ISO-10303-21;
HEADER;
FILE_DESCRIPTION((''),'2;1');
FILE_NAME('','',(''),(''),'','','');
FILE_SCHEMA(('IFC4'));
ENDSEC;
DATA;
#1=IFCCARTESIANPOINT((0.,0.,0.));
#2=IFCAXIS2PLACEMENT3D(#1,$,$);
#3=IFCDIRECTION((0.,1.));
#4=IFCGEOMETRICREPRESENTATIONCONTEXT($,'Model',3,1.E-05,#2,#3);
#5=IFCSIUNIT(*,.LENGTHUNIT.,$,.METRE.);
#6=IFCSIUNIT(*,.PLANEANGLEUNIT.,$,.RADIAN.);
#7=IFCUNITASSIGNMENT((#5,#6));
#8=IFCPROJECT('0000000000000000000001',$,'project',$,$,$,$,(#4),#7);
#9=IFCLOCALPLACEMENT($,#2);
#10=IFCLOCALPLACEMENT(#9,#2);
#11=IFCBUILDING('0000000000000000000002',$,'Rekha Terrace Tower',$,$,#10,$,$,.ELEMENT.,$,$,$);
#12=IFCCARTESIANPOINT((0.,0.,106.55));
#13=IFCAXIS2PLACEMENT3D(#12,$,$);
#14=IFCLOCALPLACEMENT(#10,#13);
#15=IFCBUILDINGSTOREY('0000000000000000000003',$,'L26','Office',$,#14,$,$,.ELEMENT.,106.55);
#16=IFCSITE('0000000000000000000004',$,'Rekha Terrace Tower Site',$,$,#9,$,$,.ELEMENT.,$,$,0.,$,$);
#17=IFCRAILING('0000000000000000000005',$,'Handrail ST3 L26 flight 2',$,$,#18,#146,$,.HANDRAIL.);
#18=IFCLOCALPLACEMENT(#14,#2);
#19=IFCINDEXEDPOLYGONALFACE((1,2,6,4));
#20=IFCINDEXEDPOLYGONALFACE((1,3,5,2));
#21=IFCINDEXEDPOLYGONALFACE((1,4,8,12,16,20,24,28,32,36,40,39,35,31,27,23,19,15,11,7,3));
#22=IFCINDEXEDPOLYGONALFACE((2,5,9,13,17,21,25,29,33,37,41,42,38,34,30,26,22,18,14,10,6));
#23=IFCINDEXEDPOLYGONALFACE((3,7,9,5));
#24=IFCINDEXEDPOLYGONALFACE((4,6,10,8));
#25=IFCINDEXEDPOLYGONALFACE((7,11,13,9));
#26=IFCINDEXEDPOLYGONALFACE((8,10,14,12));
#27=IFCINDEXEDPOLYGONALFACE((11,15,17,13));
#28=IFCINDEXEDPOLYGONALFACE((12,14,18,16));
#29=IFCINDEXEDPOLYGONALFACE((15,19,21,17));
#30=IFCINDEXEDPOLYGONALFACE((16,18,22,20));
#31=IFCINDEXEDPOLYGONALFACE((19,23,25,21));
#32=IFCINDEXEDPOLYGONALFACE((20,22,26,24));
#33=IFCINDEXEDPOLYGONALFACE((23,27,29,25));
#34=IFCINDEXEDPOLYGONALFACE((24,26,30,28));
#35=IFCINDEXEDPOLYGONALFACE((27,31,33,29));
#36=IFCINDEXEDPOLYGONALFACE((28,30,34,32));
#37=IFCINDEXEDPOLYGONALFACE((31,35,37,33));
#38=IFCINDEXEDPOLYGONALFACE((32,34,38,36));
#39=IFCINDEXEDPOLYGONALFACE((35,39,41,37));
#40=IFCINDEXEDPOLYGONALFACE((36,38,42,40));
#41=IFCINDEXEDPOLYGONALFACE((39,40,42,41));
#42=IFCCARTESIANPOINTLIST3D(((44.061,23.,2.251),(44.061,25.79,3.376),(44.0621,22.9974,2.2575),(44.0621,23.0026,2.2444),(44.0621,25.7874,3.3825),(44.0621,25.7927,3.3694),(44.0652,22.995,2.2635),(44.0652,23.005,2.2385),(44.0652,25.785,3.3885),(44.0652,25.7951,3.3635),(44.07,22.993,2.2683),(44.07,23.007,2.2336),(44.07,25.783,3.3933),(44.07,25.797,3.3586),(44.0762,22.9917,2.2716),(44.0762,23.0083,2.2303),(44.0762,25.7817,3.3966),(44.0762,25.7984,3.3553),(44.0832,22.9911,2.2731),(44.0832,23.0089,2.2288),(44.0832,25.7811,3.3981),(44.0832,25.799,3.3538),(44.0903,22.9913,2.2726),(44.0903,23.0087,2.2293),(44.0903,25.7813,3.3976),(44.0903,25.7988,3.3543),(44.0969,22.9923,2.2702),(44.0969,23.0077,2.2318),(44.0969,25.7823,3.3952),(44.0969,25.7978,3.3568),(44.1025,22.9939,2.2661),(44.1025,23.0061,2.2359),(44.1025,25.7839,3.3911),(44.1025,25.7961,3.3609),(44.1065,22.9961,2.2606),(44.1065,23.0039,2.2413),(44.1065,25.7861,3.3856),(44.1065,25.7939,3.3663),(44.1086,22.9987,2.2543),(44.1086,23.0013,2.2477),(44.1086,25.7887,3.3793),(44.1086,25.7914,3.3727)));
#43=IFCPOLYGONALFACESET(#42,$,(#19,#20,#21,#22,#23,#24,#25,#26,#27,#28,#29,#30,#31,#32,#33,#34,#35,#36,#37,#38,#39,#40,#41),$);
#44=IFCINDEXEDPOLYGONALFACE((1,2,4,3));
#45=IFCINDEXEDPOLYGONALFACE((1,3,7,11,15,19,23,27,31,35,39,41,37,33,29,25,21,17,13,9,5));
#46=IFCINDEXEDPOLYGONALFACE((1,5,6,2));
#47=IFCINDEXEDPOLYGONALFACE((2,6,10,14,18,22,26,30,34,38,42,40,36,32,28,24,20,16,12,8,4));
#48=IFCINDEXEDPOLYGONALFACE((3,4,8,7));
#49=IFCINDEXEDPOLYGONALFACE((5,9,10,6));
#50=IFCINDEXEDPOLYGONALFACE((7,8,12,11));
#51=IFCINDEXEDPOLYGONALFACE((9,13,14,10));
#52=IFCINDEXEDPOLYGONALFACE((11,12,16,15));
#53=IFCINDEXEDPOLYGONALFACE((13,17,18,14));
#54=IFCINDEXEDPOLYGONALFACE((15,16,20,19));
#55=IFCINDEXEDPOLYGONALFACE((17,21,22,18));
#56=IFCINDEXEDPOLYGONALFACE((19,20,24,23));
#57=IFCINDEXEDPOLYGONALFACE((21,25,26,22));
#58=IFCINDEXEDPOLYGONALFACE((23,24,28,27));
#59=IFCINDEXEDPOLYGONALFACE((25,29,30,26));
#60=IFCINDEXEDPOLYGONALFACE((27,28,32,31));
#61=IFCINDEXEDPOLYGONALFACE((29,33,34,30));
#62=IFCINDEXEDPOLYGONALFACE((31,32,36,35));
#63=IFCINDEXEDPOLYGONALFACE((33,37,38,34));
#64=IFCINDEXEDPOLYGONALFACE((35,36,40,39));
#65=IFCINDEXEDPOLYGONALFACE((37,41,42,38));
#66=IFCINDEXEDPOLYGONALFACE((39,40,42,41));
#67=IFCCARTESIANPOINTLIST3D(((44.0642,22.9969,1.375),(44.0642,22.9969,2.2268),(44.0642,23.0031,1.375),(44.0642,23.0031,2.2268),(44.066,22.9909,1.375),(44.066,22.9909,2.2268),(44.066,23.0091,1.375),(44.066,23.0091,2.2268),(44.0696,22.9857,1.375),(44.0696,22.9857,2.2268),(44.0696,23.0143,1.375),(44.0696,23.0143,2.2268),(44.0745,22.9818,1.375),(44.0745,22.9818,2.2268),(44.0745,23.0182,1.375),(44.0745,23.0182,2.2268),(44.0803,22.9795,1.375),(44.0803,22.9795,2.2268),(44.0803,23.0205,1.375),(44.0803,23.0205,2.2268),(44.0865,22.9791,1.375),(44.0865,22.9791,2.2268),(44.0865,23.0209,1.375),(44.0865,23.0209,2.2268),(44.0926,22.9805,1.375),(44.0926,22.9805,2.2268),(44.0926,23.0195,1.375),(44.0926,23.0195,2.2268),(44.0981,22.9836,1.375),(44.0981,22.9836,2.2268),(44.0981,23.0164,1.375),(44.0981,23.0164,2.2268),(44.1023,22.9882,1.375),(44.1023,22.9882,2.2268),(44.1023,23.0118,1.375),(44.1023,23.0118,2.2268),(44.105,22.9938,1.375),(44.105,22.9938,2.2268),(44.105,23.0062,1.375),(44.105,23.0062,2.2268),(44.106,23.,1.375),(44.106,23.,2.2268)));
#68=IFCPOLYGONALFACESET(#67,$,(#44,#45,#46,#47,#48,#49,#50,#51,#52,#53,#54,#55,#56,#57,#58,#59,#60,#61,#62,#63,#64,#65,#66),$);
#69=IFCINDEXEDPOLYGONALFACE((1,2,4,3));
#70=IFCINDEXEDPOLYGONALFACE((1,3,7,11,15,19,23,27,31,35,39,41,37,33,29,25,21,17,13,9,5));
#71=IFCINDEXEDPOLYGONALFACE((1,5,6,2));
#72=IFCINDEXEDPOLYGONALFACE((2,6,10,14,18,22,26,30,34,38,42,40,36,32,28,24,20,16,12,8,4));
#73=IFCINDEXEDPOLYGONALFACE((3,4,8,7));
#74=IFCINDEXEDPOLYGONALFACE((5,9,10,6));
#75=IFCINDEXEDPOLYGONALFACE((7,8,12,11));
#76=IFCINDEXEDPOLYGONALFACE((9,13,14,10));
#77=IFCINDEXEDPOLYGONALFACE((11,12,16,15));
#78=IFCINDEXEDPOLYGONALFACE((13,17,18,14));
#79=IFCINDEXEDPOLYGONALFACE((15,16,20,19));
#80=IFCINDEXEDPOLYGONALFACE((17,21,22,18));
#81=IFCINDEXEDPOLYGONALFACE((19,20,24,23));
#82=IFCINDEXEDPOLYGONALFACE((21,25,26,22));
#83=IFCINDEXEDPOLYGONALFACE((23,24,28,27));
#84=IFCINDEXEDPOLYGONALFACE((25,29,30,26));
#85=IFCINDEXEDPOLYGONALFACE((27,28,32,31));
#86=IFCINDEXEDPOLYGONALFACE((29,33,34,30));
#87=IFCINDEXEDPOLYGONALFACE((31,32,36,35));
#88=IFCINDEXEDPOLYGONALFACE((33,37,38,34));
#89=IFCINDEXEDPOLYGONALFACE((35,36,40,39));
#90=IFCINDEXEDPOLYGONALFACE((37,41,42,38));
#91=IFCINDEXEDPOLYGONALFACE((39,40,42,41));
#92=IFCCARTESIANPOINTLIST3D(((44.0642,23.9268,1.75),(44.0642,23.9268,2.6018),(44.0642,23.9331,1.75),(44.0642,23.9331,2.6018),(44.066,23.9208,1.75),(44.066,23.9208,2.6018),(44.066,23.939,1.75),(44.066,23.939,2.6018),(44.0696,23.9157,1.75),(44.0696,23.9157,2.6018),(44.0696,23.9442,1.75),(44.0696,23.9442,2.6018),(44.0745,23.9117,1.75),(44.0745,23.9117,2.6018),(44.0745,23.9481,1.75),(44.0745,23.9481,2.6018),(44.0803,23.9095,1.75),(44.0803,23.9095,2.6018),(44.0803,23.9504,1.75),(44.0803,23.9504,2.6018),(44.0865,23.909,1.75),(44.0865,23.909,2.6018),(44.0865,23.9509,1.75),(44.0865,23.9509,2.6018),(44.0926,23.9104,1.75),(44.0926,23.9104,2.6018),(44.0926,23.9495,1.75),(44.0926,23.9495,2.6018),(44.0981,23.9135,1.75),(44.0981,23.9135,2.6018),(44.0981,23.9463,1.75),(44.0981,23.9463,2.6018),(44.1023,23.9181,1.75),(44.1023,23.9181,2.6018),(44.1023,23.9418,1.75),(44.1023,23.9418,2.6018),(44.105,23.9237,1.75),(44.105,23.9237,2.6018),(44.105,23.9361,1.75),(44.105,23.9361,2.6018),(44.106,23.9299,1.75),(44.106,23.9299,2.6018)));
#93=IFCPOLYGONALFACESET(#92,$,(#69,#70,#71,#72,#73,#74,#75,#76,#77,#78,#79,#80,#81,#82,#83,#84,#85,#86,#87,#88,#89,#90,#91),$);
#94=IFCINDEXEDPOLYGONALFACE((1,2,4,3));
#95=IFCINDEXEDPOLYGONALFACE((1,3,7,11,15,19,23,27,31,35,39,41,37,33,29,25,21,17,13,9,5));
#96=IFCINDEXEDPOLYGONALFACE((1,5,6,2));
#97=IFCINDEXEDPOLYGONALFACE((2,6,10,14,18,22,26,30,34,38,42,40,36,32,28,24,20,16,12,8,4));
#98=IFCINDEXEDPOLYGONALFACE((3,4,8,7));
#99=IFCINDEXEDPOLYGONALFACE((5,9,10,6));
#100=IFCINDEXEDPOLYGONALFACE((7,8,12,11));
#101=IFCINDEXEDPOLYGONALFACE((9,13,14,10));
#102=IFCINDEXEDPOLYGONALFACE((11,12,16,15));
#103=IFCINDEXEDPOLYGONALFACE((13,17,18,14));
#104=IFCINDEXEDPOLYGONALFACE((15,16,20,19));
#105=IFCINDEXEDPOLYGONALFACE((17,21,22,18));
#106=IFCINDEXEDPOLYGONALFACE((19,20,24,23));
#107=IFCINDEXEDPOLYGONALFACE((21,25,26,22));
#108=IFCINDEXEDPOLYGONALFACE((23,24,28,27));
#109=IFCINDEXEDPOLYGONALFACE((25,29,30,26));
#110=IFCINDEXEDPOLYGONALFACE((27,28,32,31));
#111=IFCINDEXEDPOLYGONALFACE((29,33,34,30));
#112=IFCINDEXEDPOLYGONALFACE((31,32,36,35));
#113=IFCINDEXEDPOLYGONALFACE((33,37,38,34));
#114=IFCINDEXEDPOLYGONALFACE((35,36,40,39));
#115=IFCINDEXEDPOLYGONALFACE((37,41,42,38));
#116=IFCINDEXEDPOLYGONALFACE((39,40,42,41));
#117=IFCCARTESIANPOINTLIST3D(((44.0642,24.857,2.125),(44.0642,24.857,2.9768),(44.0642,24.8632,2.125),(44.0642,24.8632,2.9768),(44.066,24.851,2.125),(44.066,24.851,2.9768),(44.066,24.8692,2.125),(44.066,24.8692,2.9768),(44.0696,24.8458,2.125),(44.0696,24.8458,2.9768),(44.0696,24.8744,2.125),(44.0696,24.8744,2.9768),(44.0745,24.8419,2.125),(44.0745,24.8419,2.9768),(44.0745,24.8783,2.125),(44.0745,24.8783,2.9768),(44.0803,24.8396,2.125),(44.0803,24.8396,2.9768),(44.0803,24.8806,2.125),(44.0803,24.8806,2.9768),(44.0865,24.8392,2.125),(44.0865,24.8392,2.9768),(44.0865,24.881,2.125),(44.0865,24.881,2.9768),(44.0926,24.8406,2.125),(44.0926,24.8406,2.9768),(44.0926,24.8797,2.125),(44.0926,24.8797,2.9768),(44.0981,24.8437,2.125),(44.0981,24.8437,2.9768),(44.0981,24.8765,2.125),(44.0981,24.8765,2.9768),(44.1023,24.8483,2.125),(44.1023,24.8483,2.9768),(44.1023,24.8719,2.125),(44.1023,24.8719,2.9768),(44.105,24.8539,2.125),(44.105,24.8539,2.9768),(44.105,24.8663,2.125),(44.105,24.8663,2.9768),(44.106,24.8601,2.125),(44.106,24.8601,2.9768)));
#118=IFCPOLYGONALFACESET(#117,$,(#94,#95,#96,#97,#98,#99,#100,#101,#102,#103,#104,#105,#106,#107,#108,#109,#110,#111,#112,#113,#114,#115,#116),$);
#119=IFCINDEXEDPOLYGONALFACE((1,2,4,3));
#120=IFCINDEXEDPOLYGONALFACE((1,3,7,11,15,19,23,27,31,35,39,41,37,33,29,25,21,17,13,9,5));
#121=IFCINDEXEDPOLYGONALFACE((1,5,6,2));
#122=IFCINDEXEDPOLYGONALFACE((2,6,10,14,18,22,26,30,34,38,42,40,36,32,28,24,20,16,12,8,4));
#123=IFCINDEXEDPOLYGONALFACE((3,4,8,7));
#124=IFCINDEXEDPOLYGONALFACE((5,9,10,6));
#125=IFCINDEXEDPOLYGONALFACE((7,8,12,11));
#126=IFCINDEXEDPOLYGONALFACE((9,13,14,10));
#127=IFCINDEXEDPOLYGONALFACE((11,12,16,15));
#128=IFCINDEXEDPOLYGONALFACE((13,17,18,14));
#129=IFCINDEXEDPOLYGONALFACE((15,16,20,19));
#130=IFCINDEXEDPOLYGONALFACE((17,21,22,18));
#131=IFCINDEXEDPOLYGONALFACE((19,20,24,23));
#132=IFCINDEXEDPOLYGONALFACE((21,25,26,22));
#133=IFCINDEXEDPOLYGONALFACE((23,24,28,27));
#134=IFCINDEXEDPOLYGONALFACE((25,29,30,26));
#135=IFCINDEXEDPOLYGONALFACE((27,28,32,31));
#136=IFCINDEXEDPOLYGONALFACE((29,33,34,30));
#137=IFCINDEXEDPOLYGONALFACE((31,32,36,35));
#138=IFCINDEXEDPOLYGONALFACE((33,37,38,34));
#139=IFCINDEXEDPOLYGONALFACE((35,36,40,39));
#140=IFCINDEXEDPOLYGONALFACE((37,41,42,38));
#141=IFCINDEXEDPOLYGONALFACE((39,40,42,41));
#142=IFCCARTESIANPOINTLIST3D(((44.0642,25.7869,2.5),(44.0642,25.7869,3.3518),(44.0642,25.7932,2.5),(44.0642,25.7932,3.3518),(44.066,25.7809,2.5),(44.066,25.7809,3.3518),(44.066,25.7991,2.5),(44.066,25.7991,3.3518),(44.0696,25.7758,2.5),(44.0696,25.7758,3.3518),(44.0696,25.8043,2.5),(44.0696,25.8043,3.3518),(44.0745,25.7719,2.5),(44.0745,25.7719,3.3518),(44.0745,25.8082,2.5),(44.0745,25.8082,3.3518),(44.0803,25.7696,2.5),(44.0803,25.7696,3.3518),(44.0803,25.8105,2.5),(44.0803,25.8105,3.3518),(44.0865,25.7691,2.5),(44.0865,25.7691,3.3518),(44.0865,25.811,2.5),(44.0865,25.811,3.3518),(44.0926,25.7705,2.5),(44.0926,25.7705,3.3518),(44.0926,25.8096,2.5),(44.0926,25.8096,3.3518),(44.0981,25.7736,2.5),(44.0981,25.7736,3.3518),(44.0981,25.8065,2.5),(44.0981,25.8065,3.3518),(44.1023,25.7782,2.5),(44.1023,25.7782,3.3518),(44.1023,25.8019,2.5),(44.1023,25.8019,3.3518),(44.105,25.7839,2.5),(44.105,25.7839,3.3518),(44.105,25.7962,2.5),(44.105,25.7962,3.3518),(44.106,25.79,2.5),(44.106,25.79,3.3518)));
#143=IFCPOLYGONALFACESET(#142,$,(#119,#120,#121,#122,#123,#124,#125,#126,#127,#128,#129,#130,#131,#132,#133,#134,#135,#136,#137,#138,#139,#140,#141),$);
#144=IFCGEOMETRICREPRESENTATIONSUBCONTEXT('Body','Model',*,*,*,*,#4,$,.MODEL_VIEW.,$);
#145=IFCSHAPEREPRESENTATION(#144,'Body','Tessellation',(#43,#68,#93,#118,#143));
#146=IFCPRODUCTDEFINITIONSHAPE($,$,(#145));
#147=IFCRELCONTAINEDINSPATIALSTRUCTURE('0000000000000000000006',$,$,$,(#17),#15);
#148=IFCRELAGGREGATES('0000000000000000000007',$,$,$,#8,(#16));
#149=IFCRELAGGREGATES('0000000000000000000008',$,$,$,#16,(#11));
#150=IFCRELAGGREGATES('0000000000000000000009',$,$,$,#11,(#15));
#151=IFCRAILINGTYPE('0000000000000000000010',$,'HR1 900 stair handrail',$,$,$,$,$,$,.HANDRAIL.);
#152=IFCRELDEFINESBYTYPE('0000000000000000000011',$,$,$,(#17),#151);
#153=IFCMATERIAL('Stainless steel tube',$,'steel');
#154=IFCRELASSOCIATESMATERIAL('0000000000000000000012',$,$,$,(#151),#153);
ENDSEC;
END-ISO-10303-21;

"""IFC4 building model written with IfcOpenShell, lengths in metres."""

from ifc_helpers import new_model, si_unit, direction, frame, origin, origin_2d, place, context, subcontext, project, spatial, circle, extrude, material, type_object, element, save


model = new_model("IFC4")

# Units and contexts
model_context = context("Model", 3, precision=1e-05, world=origin(), true_north=direction((0.0, 1.0)))
body_context = subcontext(model_context, "Body", "Model", "MODEL_VIEW")
ifc_project = project(units=[si_unit("LENGTHUNIT", "METRE"), si_unit("PLANEANGLEUNIT", "RADIAN")], contexts=[model_context])

# Site, building, storey
site_placement = place(None, origin())
site = spatial("IfcSite", under=ifc_project, at=site_placement, Name="Rekha Terrace Tower Site", CompositionType="ELEMENT", RefElevation=0.0)
building_placement = place(site_placement, origin())
building = spatial("IfcBuilding", under=site, at=building_placement, Name="Rekha Terrace Tower", CompositionType="ELEMENT")
storey_placement = place(building_placement, frame((0.0, 0.0, 106.55)))
storey = spatial("IfcBuildingStorey", under=building, at=storey_placement, Name="L26", Description="Office", CompositionType="ELEMENT", Elevation=106.55)

# Railing
ifc_material_1 = material(Name="Stainless steel tube", Category="steel")
railing_type_1 = type_object("IfcRailingType", Name="HR1 900 stair handrail", PredefinedType="HANDRAIL", material=ifc_material_1)
railing_1_placement = place(storey_placement, frame((44.085, 23.0, 1.375)))
element("IfcRailing", 1, at=railing_1_placement, inside=storey, type_object=railing_type_1, Name="Handrail ST3 L26 flight 2", PredefinedType="HANDRAIL", context=body_context, shape_type="SweptSolid", body=[
    extrude(circle(Radius=0.0239, at=origin_2d()), frame((0.0, 0.0, 0.876), z_axis=(0.0, 0.927443, 0.373964), x_axis=(-1.0, 0.0, 0.0)), (0.0, 0.0, 1.0), 3.0083),
    extrude(circle(Radius=0.021, at=origin_2d()), origin(), (0.0, 0.0, 1.0), 0.8518),
    extrude(circle(Radius=0.021, at=origin_2d()), frame((0.0, 0.9299, 0.375)), (0.0, 0.0, 1.0), 0.8518),
    extrude(circle(Radius=0.021, at=origin_2d()), frame((0.0, 1.8601, 0.75)), (0.0, 0.0, 1.0), 0.8518),
    extrude(circle(Radius=0.021, at=origin_2d()), frame((0.0, 2.79, 1.125)), (0.0, 0.0, 1.0), 0.8518),
])

save(model, "model.ifc")
